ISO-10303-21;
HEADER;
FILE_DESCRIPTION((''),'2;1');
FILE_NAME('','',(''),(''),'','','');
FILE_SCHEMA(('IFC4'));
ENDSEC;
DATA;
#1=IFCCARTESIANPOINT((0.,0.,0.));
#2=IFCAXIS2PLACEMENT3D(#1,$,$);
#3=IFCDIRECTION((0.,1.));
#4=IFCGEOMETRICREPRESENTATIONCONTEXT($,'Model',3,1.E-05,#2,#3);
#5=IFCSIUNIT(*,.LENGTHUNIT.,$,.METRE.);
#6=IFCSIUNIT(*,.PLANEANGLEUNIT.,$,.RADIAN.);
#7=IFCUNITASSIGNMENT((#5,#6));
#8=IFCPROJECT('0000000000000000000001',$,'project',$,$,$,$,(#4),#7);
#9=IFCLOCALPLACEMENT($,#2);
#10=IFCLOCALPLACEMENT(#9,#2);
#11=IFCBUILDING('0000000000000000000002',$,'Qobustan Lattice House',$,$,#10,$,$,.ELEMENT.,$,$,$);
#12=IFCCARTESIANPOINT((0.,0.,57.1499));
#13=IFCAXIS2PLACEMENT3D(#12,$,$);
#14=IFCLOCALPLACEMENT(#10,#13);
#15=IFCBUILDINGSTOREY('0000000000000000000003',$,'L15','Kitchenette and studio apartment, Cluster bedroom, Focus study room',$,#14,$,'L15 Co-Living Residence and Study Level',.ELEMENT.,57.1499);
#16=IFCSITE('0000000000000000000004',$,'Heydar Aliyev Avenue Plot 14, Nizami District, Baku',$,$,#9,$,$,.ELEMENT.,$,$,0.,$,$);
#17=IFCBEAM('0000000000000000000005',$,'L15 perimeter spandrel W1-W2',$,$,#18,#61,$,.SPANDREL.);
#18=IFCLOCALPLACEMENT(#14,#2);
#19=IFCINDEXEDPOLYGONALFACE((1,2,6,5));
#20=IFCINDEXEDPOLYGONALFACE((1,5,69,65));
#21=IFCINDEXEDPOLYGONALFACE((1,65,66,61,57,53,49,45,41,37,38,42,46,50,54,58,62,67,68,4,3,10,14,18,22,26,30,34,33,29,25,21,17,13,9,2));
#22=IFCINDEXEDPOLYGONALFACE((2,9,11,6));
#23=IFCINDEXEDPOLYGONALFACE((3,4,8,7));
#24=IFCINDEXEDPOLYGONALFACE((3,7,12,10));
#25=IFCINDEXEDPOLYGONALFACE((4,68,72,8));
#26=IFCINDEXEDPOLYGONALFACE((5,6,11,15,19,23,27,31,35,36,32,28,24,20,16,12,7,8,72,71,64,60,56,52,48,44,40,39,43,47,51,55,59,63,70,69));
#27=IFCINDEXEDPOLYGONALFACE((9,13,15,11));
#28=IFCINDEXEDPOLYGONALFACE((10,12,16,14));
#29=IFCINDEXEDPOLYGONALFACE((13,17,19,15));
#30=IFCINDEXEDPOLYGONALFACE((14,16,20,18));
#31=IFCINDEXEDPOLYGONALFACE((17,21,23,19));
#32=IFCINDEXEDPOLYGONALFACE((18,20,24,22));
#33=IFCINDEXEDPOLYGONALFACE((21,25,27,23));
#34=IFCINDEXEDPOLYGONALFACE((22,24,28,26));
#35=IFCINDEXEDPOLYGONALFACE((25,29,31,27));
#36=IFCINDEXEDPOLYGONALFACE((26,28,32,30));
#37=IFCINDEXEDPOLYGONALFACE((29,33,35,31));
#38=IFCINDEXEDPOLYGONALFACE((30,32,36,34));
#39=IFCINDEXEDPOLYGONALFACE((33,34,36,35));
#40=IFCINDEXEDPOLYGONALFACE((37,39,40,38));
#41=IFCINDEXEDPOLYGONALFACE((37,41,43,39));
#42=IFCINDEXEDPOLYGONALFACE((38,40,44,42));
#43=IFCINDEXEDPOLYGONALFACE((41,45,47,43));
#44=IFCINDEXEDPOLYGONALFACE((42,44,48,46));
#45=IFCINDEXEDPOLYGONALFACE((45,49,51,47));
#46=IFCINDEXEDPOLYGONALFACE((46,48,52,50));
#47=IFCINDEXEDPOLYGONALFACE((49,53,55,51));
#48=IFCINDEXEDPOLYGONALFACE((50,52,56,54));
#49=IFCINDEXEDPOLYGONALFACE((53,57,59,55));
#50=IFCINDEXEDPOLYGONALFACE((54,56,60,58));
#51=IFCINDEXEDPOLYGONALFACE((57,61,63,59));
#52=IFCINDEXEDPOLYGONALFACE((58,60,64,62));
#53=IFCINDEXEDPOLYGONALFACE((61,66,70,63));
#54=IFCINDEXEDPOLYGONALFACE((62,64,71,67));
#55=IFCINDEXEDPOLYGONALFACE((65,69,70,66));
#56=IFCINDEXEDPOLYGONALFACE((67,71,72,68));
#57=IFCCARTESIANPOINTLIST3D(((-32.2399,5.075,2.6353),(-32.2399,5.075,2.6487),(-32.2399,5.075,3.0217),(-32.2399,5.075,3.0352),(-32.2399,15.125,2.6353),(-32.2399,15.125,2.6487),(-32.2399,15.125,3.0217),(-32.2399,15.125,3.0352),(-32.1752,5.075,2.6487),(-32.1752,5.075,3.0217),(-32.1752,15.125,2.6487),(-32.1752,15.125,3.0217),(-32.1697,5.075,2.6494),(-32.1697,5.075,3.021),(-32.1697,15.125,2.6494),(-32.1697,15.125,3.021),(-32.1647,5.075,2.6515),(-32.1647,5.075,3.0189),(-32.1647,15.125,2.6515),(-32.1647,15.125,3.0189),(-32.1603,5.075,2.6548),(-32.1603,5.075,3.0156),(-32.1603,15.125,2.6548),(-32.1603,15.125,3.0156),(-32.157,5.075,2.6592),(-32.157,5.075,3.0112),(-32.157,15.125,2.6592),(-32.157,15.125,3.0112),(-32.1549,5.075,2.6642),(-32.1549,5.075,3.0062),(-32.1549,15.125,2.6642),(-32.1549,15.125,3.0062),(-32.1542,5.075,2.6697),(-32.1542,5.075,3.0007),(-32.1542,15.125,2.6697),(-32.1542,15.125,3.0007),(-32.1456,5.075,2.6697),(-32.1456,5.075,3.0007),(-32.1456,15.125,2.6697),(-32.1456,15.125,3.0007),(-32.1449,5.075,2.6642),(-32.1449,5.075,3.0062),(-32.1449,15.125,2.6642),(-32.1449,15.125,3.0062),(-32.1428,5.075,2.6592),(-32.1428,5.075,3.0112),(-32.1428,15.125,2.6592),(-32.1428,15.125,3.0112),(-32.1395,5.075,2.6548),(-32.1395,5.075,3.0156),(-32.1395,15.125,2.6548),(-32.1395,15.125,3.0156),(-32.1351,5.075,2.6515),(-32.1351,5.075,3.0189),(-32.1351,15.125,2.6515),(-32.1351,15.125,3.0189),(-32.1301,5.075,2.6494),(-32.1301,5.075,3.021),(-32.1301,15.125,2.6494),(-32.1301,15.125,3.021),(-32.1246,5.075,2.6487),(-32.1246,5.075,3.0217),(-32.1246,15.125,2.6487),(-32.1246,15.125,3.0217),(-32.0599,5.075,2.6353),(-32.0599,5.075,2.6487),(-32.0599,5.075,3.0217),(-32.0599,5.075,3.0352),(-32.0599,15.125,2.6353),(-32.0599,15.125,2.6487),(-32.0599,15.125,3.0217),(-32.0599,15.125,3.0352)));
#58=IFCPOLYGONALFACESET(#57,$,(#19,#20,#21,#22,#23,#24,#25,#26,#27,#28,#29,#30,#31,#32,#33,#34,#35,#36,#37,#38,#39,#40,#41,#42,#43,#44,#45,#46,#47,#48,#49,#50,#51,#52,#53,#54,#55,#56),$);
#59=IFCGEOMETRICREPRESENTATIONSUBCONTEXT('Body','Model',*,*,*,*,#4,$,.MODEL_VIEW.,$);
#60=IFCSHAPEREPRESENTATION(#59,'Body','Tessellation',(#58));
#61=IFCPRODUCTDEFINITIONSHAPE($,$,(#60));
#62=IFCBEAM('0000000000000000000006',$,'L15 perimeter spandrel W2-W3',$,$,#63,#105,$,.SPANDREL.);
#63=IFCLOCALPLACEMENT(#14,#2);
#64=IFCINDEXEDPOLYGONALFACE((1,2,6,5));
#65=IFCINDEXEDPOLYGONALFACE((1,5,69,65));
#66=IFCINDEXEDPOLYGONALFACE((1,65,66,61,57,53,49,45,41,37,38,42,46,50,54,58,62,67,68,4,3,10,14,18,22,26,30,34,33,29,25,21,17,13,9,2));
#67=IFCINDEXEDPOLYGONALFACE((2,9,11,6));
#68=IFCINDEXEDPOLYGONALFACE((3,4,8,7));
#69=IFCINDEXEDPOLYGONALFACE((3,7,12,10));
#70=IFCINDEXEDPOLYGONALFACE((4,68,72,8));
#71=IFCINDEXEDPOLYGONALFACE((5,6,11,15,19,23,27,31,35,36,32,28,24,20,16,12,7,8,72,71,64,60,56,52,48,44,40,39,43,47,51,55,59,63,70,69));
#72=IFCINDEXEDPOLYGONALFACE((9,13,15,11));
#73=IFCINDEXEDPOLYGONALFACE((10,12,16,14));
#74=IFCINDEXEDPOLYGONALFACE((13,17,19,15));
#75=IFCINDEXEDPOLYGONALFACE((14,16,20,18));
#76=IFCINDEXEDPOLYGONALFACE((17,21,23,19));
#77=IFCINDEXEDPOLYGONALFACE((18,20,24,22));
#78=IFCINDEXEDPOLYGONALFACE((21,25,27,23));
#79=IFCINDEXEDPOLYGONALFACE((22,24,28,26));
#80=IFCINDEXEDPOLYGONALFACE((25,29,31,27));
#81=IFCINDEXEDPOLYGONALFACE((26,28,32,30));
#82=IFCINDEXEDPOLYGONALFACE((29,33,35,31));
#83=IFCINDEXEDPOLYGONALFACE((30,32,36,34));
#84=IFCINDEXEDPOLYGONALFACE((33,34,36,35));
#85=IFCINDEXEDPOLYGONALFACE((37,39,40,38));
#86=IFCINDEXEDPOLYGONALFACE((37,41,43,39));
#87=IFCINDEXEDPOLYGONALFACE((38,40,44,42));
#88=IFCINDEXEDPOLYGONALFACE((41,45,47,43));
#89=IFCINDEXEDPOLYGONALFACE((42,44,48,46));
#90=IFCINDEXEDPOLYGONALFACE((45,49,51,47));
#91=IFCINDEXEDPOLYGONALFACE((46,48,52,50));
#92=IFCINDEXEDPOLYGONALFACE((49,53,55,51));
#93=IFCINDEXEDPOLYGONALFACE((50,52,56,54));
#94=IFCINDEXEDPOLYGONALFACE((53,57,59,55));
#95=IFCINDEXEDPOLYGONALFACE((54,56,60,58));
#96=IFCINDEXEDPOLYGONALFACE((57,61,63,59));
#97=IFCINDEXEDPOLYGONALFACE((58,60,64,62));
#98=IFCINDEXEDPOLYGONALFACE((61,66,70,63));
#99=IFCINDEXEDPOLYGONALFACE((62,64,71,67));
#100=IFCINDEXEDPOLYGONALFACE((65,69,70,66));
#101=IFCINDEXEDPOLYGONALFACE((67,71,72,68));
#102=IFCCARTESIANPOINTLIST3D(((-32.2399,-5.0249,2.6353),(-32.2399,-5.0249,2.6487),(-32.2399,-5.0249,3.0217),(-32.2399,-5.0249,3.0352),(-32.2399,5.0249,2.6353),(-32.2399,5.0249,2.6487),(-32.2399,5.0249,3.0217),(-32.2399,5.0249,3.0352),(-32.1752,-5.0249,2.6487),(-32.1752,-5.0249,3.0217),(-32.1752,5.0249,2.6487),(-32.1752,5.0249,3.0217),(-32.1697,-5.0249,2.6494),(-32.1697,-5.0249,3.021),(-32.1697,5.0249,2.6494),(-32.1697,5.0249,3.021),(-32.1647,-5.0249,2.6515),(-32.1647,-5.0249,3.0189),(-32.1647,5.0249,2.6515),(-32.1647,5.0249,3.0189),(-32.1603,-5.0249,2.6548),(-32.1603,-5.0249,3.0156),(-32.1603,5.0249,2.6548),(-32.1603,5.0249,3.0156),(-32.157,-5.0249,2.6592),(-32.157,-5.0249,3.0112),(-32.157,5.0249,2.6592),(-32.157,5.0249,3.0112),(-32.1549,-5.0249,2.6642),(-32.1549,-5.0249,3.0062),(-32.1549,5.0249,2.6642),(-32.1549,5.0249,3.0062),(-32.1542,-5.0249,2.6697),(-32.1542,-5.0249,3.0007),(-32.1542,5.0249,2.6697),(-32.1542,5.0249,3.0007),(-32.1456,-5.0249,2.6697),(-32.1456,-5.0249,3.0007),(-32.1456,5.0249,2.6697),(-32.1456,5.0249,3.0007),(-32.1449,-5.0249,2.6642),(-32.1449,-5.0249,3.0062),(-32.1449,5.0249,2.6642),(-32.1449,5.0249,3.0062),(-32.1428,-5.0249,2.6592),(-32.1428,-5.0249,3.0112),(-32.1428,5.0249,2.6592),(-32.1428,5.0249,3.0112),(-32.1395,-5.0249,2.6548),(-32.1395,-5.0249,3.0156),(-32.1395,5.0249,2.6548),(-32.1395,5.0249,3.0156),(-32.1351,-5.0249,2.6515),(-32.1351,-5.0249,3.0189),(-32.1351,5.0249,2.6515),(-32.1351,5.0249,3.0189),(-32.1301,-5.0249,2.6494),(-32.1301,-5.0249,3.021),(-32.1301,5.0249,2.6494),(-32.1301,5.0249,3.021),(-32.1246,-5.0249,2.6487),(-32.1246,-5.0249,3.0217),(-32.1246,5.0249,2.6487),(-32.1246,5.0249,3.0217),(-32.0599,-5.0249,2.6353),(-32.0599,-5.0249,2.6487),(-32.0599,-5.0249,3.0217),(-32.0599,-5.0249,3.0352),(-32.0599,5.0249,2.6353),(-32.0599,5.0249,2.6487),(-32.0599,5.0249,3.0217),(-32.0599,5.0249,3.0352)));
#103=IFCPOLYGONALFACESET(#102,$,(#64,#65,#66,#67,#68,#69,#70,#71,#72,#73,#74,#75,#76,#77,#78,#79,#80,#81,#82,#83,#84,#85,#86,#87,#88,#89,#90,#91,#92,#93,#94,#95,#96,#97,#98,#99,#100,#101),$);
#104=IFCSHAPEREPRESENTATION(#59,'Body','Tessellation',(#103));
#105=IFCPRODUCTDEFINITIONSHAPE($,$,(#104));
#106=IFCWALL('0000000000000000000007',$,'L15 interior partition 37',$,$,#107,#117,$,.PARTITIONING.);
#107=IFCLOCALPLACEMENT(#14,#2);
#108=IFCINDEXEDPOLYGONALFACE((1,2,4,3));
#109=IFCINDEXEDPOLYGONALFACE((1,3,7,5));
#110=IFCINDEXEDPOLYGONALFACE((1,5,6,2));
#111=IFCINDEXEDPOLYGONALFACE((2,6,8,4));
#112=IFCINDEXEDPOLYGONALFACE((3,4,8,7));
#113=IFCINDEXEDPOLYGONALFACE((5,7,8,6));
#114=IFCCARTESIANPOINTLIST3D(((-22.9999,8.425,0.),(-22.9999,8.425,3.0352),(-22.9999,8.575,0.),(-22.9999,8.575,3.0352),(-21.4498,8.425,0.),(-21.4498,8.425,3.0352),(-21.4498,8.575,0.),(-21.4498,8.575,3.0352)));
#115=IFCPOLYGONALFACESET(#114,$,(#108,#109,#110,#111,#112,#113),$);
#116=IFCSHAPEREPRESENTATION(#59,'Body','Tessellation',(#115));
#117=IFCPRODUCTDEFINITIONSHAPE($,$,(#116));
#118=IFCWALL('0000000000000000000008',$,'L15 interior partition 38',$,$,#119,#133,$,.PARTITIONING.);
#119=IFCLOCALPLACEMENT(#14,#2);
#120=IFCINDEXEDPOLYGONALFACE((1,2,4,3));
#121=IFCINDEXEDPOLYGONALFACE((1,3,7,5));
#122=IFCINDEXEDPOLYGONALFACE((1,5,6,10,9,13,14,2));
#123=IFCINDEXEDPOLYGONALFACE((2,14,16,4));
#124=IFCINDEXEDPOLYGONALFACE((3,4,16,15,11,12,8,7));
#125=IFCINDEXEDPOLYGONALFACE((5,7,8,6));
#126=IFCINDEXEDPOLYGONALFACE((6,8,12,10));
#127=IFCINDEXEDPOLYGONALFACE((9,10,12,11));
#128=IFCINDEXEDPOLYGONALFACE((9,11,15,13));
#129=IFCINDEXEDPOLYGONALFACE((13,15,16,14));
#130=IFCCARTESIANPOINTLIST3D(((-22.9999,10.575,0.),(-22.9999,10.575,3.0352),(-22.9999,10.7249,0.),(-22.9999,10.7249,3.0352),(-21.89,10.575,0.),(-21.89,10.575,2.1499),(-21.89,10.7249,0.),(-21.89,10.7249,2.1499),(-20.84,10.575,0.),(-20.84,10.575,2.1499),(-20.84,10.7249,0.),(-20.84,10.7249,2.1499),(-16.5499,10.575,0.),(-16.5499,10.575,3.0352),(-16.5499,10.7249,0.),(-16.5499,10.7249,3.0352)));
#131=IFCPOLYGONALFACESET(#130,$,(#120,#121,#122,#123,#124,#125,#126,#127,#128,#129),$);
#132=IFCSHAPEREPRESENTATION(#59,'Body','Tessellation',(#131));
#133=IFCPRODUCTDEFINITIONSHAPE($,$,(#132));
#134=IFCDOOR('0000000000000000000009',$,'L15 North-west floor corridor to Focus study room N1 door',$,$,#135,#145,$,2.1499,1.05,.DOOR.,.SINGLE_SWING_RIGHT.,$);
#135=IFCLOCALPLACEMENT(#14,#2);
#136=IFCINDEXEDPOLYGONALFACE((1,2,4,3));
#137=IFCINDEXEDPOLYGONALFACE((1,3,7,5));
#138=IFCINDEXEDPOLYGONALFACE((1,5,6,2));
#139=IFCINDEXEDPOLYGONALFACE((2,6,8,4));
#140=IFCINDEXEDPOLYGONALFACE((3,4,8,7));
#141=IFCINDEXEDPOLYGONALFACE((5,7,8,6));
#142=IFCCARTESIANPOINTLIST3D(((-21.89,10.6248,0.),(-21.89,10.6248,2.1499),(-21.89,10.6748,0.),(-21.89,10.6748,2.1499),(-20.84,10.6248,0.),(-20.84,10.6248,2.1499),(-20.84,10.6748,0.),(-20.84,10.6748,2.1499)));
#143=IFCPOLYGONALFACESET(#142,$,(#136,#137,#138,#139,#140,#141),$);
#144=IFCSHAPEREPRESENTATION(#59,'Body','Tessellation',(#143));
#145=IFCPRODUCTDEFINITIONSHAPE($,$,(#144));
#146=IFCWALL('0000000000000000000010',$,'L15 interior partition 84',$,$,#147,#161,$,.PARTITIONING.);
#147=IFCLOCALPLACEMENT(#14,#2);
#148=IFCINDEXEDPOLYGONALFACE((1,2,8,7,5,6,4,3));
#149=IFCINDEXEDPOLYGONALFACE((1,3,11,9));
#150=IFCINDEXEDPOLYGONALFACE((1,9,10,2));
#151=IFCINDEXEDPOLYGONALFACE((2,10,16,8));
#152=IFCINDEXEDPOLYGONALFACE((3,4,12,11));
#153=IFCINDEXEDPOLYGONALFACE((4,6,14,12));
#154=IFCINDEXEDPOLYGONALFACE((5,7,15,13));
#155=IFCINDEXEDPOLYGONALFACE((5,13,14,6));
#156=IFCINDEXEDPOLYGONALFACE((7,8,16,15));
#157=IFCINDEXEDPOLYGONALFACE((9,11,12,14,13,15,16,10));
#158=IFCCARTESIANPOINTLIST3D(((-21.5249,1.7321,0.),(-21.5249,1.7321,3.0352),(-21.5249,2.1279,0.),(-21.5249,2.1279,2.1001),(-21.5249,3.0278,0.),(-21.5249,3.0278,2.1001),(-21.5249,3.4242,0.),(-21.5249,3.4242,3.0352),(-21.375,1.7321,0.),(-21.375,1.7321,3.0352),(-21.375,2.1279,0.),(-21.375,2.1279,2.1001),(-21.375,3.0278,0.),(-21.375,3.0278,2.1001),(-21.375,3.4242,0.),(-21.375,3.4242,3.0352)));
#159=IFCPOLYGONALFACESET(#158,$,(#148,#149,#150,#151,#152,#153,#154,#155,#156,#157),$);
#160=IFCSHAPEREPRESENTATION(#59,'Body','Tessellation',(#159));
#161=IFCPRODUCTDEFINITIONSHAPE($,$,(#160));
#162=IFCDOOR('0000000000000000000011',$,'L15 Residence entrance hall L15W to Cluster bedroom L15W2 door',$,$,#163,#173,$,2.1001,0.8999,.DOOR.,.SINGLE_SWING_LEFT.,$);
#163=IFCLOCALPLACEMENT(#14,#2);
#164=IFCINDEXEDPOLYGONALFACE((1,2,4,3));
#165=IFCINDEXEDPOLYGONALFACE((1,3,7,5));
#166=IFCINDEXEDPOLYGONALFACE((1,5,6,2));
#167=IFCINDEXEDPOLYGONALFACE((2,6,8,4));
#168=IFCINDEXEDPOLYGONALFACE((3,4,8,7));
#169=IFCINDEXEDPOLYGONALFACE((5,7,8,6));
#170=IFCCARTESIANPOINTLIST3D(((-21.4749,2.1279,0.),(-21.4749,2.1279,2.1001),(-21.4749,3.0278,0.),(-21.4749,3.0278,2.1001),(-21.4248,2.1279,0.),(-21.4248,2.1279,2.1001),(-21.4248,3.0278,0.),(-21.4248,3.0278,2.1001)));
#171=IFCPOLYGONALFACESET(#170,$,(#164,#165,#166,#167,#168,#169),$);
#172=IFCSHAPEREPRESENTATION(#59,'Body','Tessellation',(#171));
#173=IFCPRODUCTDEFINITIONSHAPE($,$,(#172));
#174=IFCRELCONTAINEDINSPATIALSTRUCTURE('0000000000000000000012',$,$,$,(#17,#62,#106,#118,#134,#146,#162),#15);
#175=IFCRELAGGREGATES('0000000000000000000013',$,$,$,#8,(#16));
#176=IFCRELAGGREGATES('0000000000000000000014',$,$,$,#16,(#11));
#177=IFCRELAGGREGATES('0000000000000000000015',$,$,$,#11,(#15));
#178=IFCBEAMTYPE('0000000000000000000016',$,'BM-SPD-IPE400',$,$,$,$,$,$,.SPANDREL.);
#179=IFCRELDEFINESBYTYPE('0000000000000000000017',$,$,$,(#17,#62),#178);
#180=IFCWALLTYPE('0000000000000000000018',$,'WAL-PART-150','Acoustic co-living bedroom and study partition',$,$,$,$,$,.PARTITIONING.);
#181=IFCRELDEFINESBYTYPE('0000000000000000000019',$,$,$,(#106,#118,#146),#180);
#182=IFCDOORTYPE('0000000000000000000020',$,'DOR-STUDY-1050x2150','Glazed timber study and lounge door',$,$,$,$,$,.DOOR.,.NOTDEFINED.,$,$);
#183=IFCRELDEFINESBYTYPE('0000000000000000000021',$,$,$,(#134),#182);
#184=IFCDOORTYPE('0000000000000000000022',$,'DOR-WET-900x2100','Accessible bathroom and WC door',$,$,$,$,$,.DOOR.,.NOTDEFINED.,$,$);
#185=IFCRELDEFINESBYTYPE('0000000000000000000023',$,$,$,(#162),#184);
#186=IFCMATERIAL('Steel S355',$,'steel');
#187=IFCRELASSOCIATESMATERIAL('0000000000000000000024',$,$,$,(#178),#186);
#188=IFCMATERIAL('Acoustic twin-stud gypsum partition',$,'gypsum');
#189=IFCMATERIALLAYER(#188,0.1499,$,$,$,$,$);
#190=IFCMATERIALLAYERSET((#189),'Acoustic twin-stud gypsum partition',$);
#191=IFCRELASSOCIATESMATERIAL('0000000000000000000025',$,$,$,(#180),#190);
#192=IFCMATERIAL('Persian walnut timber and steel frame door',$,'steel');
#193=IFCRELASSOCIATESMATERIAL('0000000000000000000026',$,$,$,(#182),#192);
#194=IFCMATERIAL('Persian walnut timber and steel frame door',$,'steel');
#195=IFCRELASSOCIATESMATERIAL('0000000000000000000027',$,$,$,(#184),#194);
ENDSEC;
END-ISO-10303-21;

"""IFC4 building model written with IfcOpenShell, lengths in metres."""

from ifc_helpers import new_model, si_unit, direction, frame, frame_2d, origin, origin_2d, place, context, subcontext, project, spatial, rectangle, i_section, extrude, material, layer, layer_set, material_profile, profile_set, type_object, element, fill, save


model = new_model("IFC4")

# Units and contexts
model_context = context("Model", 3, precision=1e-05, world=origin(), true_north=direction((0.0, 1.0)))
body_context = subcontext(model_context, "Body", "Model", "MODEL_VIEW")
ifc_project = project(units=[si_unit("LENGTHUNIT", "METRE"), si_unit("PLANEANGLEUNIT", "RADIAN")], contexts=[model_context])

# Site, building, storey
site_placement = place(None, origin())
site = spatial("IfcSite", under=ifc_project, at=site_placement, Name="Heydar Aliyev Avenue Plot 14, Nizami District, Baku", CompositionType="ELEMENT", RefElevation=0.0)
building_placement = place(site_placement, origin())
building = spatial("IfcBuilding", under=site, at=building_placement, Name="Qobustan Lattice House", CompositionType="ELEMENT")
storey_placement = place(building_placement, frame((0.0, 0.0, 57.1499)))
storey = spatial("IfcBuildingStorey", under=building, at=storey_placement, Name="L15", Description="Kitchenette and studio apartment, Cluster bedroom, Focus study room", LongName="L15 Co-Living Residence and Study Level", CompositionType="ELEMENT", Elevation=57.1499)

# Beams
ifc_material_1 = material(Name="Steel S355", Category="steel")
ifc_material_profile_1 = material_profile(ifc_material_1, i_section(OverallWidth=0.1799, OverallDepth=0.3999, WebThickness=0.0085, FlangeThickness=0.0134, FilletRadius=0.021, at=origin_2d()), Name="IPE400")
ifc_profile_set_1 = profile_set([ifc_material_profile_1], Name="Steel S355")
beam_type_1 = type_object("IfcBeamType", Name="BM-SPD-IPE400", PredefinedType="SPANDREL", material=ifc_profile_set_1)
beam_1_placement = place(storey_placement, frame((-32.1499, 15.125, 2.8352), z_axis=(0.0, -1.0, 0.0), x_axis=(1.0, 0.0, 0.0)))
element("IfcBeam", 1, at=beam_1_placement, inside=storey, type_object=beam_type_1, Name="L15 perimeter spandrel W1-W2", PredefinedType="SPANDREL", context=body_context, shape_type="SweptSolid", body=[
    extrude(i_section(OverallWidth=0.1799, OverallDepth=0.3999, WebThickness=0.0085, FlangeThickness=0.0134, FilletRadius=0.021, at=origin_2d()), origin(), (0.0, 0.0, 1.0), 10.05),
])
beam_2_placement = place(storey_placement, frame((-32.1499, 5.0249, 2.8352), z_axis=(0.0, -1.0, 0.0), x_axis=(1.0, 0.0, 0.0)))
element("IfcBeam", 2, at=beam_2_placement, inside=storey, type_object=beam_type_1, Name="L15 perimeter spandrel W2-W3", PredefinedType="SPANDREL", context=body_context, shape_type="SweptSolid", body=[
    extrude(i_section(OverallWidth=0.1799, OverallDepth=0.3999, WebThickness=0.0085, FlangeThickness=0.0134, FilletRadius=0.021, at=origin_2d()), origin(), (0.0, 0.0, 1.0), 10.0498),
])

# Wall
ifc_material_2 = material(Name="Acoustic twin-stud gypsum partition", Category="gypsum")
ifc_layer_1 = layer(ifc_material_2, 0.1499)
ifc_layer_set_1 = layer_set([ifc_layer_1], Name="Acoustic twin-stud gypsum partition")
wall_type_1 = type_object("IfcWallType", Name="WAL-PART-150", Description="Acoustic co-living bedroom and study partition", PredefinedType="PARTITIONING", material=ifc_layer_set_1)
wall_1_placement = place(storey_placement, frame((-21.45, 8.5, 0.0), z_axis=(0.0, 0.0, 1.0), x_axis=(-1.0, 0.0, 0.0)))
element("IfcWall", 3, at=wall_1_placement, inside=storey, type_object=wall_type_1, Name="L15 interior partition 37", PredefinedType="PARTITIONING", context=body_context, shape_type="SweptSolid", body=[
    extrude(rectangle(XDim=1.55, YDim=0.1499, at=frame_2d((0.7749, 0.0))), origin(), (0.0, 0.0, 1.0), 3.0352),
])

# Walls, openings, doors
wall_2_placement = place(storey_placement, frame((-23.0, 10.6499, 0.0), z_axis=(0.0, 0.0, 1.0), x_axis=(1.0, 0.0, 0.0)))
wall_2 = element("IfcWall", 4, at=wall_2_placement, inside=storey, type_object=wall_type_1, Name="L15 interior partition 38", PredefinedType="PARTITIONING", context=body_context, shape_type="SweptSolid", body=[
    extrude(rectangle(XDim=6.45, YDim=0.1499, at=frame_2d((3.2251, 0.0))), origin(), (0.0, 0.0, 1.0), 3.0352),
])
opening_1_placement = place(wall_2_placement, frame((1.1101, 0.0, 0.0)))
opening_1 = element("IfcOpeningElement", 5, at=opening_1_placement, cuts=wall_2, PredefinedType="OPENING", context=body_context, shape_type="SweptSolid", body=[
    extrude(rectangle(XDim=1.05, YDim=2.1499, at=frame_2d((0.5249, 1.075))), frame((0.0, 0.085, 0.0), z_axis=(0.0, -1.0, 0.0), x_axis=(1.0, 0.0, 0.0)), (0.0, 0.0, 1.0), 0.1699),
])
ifc_material_3 = material(Name="Persian walnut timber and steel frame door", Category="steel")
door_type_1 = type_object("IfcDoorType", Name="DOR-STUDY-1050x2150", Description="Glazed timber study and lounge door", OperationType="NOTDEFINED", PredefinedType="DOOR", material=ifc_material_3)
door_1_placement = place(opening_1_placement, origin())
door_1 = element("IfcDoor", 6, at=door_1_placement, inside=storey, type_object=door_type_1, Name="L15 North-west floor corridor to Focus study room N1 door", OperationType="SINGLE_SWING_RIGHT", OverallHeight=2.1499, OverallWidth=1.05, PredefinedType="DOOR", context=body_context, shape_type="SweptSolid", body=[
    extrude(rectangle(XDim=1.05, YDim=2.1499, at=frame_2d((0.5249, 1.075))), frame((0.0, 0.0249, 0.0), z_axis=(0.0, -1.0, 0.0), x_axis=(1.0, 0.0, 0.0)), (0.0, 0.0, 1.0), 0.05),
])
fill(opening_1, door_1)
wall_3_placement = place(storey_placement, frame((-21.45, 1.7319, 0.0), z_axis=(0.0, 0.0, 1.0), x_axis=(0.0, 1.0, 0.0)))
wall_3 = element("IfcWall", 7, at=wall_3_placement, inside=storey, type_object=wall_type_1, Name="L15 interior partition 84", PredefinedType="PARTITIONING", context=body_context, shape_type="SweptSolid", body=[
    extrude(rectangle(XDim=1.6921, YDim=0.1499, at=frame_2d((0.8462, 0.0))), origin(), (0.0, 0.0, 1.0), 3.0352),
])
opening_2_placement = place(wall_3_placement, frame((0.396, 0.0, 0.0)))
opening_2 = element("IfcOpeningElement", 8, at=opening_2_placement, cuts=wall_3, PredefinedType="OPENING", context=body_context, shape_type="SweptSolid", body=[
    extrude(rectangle(XDim=0.8999, YDim=2.1001, at=frame_2d((0.45, 1.05))), frame((0.0, 0.085, 0.0), z_axis=(0.0, -1.0, 0.0), x_axis=(1.0, 0.0, 0.0)), (0.0, 0.0, 1.0), 0.1699),
])
ifc_material_4 = material(Name="Persian walnut timber and steel frame door", Category="steel")
door_type_2 = type_object("IfcDoorType", Name="DOR-WET-900x2100", Description="Accessible bathroom and WC door", OperationType="NOTDEFINED", PredefinedType="DOOR", material=ifc_material_4)
door_2_placement = place(opening_2_placement, origin())
door_2 = element("IfcDoor", 9, at=door_2_placement, inside=storey, type_object=door_type_2, Name="L15 Residence entrance hall L15W to Cluster bedroom L15W2 door", OperationType="SINGLE_SWING_LEFT", OverallHeight=2.1001, OverallWidth=0.8999, PredefinedType="DOOR", context=body_context, shape_type="SweptSolid", body=[
    extrude(rectangle(XDim=0.8999, YDim=2.1001, at=frame_2d((0.45, 1.05))), frame((0.0, 0.0249, 0.0), z_axis=(0.0, -1.0, 0.0), x_axis=(1.0, 0.0, 0.0)), (0.0, 0.0, 1.0), 0.05),
])
fill(opening_2, door_2)

save(model, "model.ifc")
